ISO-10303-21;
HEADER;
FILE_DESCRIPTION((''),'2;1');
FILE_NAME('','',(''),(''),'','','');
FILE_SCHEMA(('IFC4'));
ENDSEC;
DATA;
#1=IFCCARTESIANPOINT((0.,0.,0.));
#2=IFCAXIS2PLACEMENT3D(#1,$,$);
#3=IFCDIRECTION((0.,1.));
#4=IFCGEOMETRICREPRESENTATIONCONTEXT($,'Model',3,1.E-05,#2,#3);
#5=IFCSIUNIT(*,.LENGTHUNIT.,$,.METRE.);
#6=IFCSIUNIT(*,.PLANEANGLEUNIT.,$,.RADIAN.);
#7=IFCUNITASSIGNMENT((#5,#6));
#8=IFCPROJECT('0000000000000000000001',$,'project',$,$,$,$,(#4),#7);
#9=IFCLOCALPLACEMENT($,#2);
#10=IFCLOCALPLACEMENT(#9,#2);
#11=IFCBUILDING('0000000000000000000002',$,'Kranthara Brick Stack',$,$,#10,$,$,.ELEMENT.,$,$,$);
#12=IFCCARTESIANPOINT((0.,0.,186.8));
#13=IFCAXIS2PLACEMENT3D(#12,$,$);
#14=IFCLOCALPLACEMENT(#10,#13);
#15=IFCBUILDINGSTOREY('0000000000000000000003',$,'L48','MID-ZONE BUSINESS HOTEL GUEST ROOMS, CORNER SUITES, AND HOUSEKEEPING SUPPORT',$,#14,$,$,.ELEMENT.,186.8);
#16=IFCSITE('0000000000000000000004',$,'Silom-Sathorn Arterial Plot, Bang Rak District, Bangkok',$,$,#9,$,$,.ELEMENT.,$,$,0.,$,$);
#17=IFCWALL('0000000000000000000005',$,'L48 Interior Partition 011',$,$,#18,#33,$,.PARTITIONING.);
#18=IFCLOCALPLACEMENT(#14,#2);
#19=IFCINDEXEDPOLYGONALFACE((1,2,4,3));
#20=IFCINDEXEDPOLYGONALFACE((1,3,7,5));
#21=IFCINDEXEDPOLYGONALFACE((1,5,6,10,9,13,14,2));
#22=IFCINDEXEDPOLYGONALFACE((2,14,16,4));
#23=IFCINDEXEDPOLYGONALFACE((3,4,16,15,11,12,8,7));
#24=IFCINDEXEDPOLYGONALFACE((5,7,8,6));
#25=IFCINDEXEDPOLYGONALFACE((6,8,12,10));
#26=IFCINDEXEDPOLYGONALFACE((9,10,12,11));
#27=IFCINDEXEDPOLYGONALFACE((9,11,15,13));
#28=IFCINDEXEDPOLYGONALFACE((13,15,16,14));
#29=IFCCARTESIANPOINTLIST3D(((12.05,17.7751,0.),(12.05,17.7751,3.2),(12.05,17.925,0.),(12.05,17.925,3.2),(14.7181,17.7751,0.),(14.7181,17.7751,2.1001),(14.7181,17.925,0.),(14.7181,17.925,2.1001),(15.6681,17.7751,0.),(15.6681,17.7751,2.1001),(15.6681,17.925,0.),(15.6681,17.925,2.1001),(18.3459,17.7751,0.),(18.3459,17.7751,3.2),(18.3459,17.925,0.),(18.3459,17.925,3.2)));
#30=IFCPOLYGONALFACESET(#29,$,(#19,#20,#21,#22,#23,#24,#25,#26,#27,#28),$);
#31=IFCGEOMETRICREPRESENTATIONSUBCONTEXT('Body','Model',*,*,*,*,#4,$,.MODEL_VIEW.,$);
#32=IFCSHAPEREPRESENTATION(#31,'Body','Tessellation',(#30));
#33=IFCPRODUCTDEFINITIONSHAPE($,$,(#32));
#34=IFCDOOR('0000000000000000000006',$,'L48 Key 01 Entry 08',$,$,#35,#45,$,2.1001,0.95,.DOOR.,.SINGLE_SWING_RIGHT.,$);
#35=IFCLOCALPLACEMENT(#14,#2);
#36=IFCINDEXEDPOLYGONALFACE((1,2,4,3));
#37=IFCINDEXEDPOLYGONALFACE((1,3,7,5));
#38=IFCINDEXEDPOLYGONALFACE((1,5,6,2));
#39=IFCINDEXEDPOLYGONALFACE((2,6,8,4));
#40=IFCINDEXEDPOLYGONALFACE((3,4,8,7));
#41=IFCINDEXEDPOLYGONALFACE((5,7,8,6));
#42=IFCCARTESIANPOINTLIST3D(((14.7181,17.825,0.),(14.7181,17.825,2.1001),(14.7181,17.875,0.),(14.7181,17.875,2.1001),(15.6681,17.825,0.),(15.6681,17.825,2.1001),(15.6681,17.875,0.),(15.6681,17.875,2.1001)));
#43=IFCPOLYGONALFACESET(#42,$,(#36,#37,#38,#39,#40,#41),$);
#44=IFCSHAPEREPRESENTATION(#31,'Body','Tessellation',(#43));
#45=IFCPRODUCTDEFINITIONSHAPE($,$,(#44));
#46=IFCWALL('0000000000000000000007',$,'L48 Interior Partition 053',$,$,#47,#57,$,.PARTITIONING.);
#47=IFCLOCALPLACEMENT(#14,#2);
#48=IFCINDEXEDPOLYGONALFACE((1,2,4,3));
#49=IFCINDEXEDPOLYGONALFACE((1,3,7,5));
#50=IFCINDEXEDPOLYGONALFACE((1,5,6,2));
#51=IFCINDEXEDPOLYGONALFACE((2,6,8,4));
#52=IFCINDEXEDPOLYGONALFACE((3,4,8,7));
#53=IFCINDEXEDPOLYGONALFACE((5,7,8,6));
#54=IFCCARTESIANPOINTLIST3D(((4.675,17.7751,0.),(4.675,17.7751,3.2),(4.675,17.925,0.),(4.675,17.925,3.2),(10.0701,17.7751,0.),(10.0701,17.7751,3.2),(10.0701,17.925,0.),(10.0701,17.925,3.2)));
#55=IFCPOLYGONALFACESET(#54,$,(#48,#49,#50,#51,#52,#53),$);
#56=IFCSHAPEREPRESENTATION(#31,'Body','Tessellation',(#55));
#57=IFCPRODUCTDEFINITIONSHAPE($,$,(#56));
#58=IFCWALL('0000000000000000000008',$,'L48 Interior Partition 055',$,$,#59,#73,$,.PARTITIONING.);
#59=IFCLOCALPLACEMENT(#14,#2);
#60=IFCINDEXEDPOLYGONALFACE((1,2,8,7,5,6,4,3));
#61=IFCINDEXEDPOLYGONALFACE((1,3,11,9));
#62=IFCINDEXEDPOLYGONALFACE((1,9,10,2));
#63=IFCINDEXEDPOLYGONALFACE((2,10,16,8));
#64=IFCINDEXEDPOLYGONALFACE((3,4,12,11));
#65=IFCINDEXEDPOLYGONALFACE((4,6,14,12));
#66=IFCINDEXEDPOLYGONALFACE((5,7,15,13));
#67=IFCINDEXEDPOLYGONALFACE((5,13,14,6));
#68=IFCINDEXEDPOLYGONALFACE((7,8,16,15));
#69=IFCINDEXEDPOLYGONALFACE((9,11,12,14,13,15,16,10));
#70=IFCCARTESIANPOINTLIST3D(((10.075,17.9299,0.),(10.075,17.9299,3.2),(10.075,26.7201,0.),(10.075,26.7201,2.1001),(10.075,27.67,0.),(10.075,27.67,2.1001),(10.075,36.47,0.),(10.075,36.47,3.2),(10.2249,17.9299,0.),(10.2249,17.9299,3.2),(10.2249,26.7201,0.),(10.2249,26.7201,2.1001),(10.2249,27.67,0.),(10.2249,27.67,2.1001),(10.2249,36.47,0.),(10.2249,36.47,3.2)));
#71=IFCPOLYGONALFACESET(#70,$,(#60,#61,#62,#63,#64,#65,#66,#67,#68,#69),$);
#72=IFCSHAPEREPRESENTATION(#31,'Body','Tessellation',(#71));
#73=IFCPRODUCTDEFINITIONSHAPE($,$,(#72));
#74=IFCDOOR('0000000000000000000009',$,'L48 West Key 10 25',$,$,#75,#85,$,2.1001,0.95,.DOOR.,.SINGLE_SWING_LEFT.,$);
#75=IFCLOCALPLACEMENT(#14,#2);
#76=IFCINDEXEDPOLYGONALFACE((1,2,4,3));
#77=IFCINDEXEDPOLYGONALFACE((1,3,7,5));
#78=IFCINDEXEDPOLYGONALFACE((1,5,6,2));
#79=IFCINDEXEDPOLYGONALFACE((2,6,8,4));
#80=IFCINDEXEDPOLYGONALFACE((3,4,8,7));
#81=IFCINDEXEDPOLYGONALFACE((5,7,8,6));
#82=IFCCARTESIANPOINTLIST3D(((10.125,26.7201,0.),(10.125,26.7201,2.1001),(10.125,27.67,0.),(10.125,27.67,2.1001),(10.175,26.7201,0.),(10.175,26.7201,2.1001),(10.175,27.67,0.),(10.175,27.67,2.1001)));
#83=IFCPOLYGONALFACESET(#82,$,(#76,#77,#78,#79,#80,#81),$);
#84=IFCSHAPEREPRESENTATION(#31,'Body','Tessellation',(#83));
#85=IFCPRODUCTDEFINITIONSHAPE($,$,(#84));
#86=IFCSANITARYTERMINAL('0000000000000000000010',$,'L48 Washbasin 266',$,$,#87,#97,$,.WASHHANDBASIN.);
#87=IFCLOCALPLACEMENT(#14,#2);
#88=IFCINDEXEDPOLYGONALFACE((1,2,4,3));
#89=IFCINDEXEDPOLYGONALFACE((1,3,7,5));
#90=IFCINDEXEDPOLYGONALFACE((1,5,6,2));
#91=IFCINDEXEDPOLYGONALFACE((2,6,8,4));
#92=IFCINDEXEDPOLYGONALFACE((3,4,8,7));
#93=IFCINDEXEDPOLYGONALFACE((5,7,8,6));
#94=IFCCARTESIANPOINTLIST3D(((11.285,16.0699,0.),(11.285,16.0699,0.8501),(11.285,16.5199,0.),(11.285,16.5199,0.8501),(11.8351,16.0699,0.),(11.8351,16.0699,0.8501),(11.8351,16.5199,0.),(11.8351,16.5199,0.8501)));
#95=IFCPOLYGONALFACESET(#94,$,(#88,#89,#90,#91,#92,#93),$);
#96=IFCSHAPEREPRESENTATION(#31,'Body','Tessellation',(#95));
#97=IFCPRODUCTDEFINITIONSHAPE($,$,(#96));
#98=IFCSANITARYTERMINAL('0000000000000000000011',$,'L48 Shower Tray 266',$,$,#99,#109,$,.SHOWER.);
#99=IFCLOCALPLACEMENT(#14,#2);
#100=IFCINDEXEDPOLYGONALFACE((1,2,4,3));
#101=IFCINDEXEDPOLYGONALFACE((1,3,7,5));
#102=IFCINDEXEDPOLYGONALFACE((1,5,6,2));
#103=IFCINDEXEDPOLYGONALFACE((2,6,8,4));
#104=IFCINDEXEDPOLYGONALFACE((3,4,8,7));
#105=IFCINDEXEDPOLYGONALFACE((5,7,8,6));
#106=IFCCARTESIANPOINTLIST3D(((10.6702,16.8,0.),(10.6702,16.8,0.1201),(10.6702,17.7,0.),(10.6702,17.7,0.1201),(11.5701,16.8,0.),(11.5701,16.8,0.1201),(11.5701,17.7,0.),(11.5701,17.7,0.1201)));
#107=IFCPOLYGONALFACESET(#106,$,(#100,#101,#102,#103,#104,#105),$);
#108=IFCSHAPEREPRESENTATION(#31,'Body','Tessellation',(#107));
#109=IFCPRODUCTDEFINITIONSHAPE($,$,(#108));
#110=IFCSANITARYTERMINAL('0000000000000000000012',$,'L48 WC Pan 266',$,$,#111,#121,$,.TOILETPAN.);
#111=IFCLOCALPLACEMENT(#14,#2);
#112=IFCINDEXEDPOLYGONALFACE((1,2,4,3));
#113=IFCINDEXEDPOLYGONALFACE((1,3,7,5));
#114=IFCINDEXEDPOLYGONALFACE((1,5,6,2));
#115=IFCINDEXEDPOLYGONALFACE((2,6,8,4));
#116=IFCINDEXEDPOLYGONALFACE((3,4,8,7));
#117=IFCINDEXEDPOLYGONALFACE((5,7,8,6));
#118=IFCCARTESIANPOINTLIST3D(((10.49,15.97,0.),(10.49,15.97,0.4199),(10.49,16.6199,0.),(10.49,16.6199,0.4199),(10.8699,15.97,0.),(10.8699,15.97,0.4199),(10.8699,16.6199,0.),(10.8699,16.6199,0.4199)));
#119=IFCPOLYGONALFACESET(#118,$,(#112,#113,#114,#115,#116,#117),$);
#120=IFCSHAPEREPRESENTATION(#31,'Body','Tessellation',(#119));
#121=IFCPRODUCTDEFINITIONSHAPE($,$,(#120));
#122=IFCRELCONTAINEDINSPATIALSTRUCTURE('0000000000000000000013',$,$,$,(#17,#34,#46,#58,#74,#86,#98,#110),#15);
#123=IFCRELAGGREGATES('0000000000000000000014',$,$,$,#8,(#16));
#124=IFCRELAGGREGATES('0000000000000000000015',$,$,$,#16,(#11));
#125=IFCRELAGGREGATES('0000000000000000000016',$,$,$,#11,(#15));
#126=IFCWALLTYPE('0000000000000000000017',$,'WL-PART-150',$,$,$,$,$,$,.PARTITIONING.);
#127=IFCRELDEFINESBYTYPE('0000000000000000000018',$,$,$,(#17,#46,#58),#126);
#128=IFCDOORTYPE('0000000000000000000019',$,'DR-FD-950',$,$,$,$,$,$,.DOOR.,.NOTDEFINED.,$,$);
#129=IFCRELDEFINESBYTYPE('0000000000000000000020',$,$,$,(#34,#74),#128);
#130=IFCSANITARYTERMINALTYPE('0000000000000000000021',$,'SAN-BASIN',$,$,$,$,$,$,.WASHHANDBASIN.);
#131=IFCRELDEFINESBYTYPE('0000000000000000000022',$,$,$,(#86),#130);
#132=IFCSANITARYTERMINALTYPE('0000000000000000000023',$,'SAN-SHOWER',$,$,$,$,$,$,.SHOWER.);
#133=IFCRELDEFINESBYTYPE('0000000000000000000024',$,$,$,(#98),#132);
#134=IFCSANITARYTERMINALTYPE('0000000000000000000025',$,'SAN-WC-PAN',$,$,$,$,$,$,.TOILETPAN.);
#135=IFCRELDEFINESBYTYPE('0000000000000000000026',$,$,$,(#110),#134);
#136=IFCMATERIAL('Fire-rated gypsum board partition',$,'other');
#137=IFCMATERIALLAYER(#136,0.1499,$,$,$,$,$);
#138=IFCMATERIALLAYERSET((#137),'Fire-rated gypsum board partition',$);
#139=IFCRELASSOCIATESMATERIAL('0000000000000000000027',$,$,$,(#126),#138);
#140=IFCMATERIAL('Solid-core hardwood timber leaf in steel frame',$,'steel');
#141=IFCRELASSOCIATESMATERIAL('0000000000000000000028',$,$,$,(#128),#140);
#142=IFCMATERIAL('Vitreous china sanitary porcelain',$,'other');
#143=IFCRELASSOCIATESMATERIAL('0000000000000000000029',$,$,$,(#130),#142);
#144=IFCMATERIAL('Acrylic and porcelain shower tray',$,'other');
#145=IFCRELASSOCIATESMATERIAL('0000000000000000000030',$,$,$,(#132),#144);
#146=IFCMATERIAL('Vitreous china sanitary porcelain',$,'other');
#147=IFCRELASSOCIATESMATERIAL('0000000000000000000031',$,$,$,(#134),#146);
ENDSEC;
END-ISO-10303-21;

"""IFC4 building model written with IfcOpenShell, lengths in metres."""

from ifc_helpers import new_model, si_unit, direction, frame, frame_2d, origin, origin_2d, place, context, subcontext, project, spatial, rectangle, extrude, material, layer, layer_set, type_object, element, fill, save


model = new_model("IFC4")

# Units and contexts
model_context = context("Model", 3, precision=1e-05, world=origin(), true_north=direction((0.0, 1.0)))
body_context = subcontext(model_context, "Body", "Model", "MODEL_VIEW")
ifc_project = project(units=[si_unit("LENGTHUNIT", "METRE"), si_unit("PLANEANGLEUNIT", "RADIAN")], contexts=[model_context])

# Site, building, storey
site_placement = place(None, origin())
site = spatial("IfcSite", under=ifc_project, at=site_placement, Name="Silom-Sathorn Arterial Plot, Bang Rak District, Bangkok", CompositionType="ELEMENT", RefElevation=0.0)
building_placement = place(site_placement, origin())
building = spatial("IfcBuilding", under=site, at=building_placement, Name="Kranthara Brick Stack", CompositionType="ELEMENT")
storey_placement = place(building_placement, frame((0.0, 0.0, 186.8)))
storey = spatial("IfcBuildingStorey", under=building, at=storey_placement, Name="L48", Description="MID-ZONE BUSINESS HOTEL GUEST ROOMS, CORNER SUITES, AND HOUSEKEEPING SUPPORT", CompositionType="ELEMENT", Elevation=186.8)

# Shared definitions
ifc_material_1 = material(Name="Fire-rated gypsum board partition", Category="other")
ifc_layer_1 = layer(ifc_material_1, 0.1499)
ifc_layer_set_1 = layer_set([ifc_layer_1], Name="Fire-rated gypsum board partition")
wall_type_1 = type_object("IfcWallType", Name="WL-PART-150", PredefinedType="PARTITIONING", material=ifc_layer_set_1)

# Wall, opening, door
wall_1_placement = place(storey_placement, frame((12.05, 17.8501, 0.0), z_axis=(0.0, 0.0, 1.0), x_axis=(1.0, 0.0, 0.0)))
wall_1 = element("IfcWall", 1, at=wall_1_placement, inside=storey, type_object=wall_type_1, Name="L48 Interior Partition 011", PredefinedType="PARTITIONING", context=body_context, shape_type="SweptSolid", body=[
    extrude(rectangle(XDim=6.2959, YDim=0.1499, at=frame_2d((3.1479, 0.0))), origin(), (0.0, 0.0, 1.0), 3.2),
])
opening_1_placement = place(wall_1_placement, frame((2.668, 0.0, 0.0)))
opening_1 = element("IfcOpeningElement", 2, at=opening_1_placement, cuts=wall_1, PredefinedType="OPENING", context=body_context, shape_type="SweptSolid", body=[
    extrude(rectangle(XDim=0.95, YDim=2.1001, at=frame_2d((0.4751, 1.05))), frame((0.0, 0.085, 0.0), z_axis=(0.0, -1.0, 0.0), x_axis=(1.0, 0.0, 0.0)), (0.0, 0.0, 1.0), 0.1699),
])
ifc_material_2 = material(Name="Solid-core hardwood timber leaf in steel frame", Category="steel")
door_type_1 = type_object("IfcDoorType", Name="DR-FD-950", OperationType="NOTDEFINED", PredefinedType="DOOR", material=ifc_material_2)
door_1_placement = place(opening_1_placement, origin())
door_1 = element("IfcDoor", 3, at=door_1_placement, inside=storey, type_object=door_type_1, Name="L48 Key 01 Entry 08", OperationType="SINGLE_SWING_RIGHT", OverallHeight=2.1001, OverallWidth=0.95, PredefinedType="DOOR", context=body_context, shape_type="SweptSolid", body=[
    extrude(rectangle(XDim=0.95, YDim=2.1001, at=frame_2d((0.4751, 1.05))), frame((0.0, 0.0249, 0.0), z_axis=(0.0, -1.0, 0.0), x_axis=(1.0, 0.0, 0.0)), (0.0, 0.0, 1.0), 0.05),
])
fill(opening_1, door_1)

# Wall
wall_2_placement = place(storey_placement, frame((4.675, 17.8501, 0.0), z_axis=(0.0, 0.0, 1.0), x_axis=(1.0, 0.0, 0.0)))
element("IfcWall", 4, at=wall_2_placement, inside=storey, type_object=wall_type_1, Name="L48 Interior Partition 053", PredefinedType="PARTITIONING", context=body_context, shape_type="SweptSolid", body=[
    extrude(rectangle(XDim=5.395, YDim=0.1499, at=frame_2d((2.6975, 0.0))), origin(), (0.0, 0.0, 1.0), 3.2),
])

# Wall, opening, door
wall_3_placement = place(storey_placement, frame((10.1499, 17.9299, 0.0), z_axis=(0.0, 0.0, 1.0), x_axis=(0.0, 1.0, 0.0)))
wall_3 = element("IfcWall", 5, at=wall_3_placement, inside=storey, type_object=wall_type_1, Name="L48 Interior Partition 055", PredefinedType="PARTITIONING", context=body_context, shape_type="SweptSolid", body=[
    extrude(rectangle(XDim=18.54, YDim=0.1499, at=frame_2d((9.27, 0.0))), origin(), (0.0, 0.0, 1.0), 3.2),
])
opening_2_placement = place(wall_3_placement, frame((8.79, 0.0, 0.0)))
opening_2 = element("IfcOpeningElement", 6, at=opening_2_placement, cuts=wall_3, PredefinedType="OPENING", context=body_context, shape_type="SweptSolid", body=[
    extrude(rectangle(XDim=0.95, YDim=2.1001, at=frame_2d((0.4751, 1.05))), frame((0.0, 0.085, 0.0), z_axis=(0.0, -1.0, 0.0), x_axis=(1.0, 0.0, 0.0)), (0.0, 0.0, 1.0), 0.1699),
])
door_2_placement = place(opening_2_placement, origin())
door_2 = element("IfcDoor", 7, at=door_2_placement, inside=storey, type_object=door_type_1, Name="L48 West Key 10 25", OperationType="SINGLE_SWING_LEFT", OverallHeight=2.1001, OverallWidth=0.95, PredefinedType="DOOR", context=body_context, shape_type="SweptSolid", body=[
    extrude(rectangle(XDim=0.95, YDim=2.1001, at=frame_2d((0.4751, 1.05))), frame((0.0, 0.0249, 0.0), z_axis=(0.0, -1.0, 0.0), x_axis=(1.0, 0.0, 0.0)), (0.0, 0.0, 1.0), 0.05),
])
fill(opening_2, door_2)

# Sanitary terminals
ifc_material_3 = material(Name="Vitreous china sanitary porcelain", Category="other")
sanitary_terminal_type_1 = type_object("IfcSanitaryTerminalType", Name="SAN-BASIN", PredefinedType="WASHHANDBASIN", material=ifc_material_3)
sanitary_terminal_1_placement = place(storey_placement, frame((11.5601, 16.2949, 0.0), z_axis=(0.0, 0.0, 1.0), x_axis=(1.0, 0.0, 0.0)))
element("IfcSanitaryTerminal", 8, at=sanitary_terminal_1_placement, inside=storey, type_object=sanitary_terminal_type_1, Name="L48 Washbasin 266", PredefinedType="WASHHANDBASIN", context=body_context, shape_type="SweptSolid", body=[
    extrude(rectangle(XDim=0.55, YDim=0.45, at=origin_2d()), origin(), (0.0, 0.0, 1.0), 0.8501),
])
ifc_material_4 = material(Name="Acrylic and porcelain shower tray", Category="other")
sanitary_terminal_type_2 = type_object("IfcSanitaryTerminalType", Name="SAN-SHOWER", PredefinedType="SHOWER", material=ifc_material_4)
sanitary_terminal_2_placement = place(storey_placement, frame((11.1201, 17.25, 0.0), z_axis=(0.0, 0.0, 1.0), x_axis=(1.0, 0.0, 0.0)))
element("IfcSanitaryTerminal", 9, at=sanitary_terminal_2_placement, inside=storey, type_object=sanitary_terminal_type_2, Name="L48 Shower Tray 266", PredefinedType="SHOWER", context=body_context, shape_type="SweptSolid", body=[
    extrude(rectangle(XDim=0.8999, YDim=0.8999, at=origin_2d()), origin(), (0.0, 0.0, 1.0), 0.1201),
])
ifc_material_5 = material(Name="Vitreous china sanitary porcelain", Category="other")
sanitary_terminal_type_3 = type_object("IfcSanitaryTerminalType", Name="SAN-WC-PAN", PredefinedType="TOILETPAN", material=ifc_material_5)
sanitary_terminal_3_placement = place(storey_placement, frame((10.6799, 16.2949, 0.0), z_axis=(0.0, 0.0, 1.0), x_axis=(1.0, 0.0, 0.0)))
element("IfcSanitaryTerminal", 10, at=sanitary_terminal_3_placement, inside=storey, type_object=sanitary_terminal_type_3, Name="L48 WC Pan 266", PredefinedType="TOILETPAN", context=body_context, shape_type="SweptSolid", body=[
    extrude(rectangle(XDim=0.3799, YDim=0.6499, at=origin_2d()), origin(), (0.0, 0.0, 1.0), 0.4199),
])

save(model, "model.ifc")
